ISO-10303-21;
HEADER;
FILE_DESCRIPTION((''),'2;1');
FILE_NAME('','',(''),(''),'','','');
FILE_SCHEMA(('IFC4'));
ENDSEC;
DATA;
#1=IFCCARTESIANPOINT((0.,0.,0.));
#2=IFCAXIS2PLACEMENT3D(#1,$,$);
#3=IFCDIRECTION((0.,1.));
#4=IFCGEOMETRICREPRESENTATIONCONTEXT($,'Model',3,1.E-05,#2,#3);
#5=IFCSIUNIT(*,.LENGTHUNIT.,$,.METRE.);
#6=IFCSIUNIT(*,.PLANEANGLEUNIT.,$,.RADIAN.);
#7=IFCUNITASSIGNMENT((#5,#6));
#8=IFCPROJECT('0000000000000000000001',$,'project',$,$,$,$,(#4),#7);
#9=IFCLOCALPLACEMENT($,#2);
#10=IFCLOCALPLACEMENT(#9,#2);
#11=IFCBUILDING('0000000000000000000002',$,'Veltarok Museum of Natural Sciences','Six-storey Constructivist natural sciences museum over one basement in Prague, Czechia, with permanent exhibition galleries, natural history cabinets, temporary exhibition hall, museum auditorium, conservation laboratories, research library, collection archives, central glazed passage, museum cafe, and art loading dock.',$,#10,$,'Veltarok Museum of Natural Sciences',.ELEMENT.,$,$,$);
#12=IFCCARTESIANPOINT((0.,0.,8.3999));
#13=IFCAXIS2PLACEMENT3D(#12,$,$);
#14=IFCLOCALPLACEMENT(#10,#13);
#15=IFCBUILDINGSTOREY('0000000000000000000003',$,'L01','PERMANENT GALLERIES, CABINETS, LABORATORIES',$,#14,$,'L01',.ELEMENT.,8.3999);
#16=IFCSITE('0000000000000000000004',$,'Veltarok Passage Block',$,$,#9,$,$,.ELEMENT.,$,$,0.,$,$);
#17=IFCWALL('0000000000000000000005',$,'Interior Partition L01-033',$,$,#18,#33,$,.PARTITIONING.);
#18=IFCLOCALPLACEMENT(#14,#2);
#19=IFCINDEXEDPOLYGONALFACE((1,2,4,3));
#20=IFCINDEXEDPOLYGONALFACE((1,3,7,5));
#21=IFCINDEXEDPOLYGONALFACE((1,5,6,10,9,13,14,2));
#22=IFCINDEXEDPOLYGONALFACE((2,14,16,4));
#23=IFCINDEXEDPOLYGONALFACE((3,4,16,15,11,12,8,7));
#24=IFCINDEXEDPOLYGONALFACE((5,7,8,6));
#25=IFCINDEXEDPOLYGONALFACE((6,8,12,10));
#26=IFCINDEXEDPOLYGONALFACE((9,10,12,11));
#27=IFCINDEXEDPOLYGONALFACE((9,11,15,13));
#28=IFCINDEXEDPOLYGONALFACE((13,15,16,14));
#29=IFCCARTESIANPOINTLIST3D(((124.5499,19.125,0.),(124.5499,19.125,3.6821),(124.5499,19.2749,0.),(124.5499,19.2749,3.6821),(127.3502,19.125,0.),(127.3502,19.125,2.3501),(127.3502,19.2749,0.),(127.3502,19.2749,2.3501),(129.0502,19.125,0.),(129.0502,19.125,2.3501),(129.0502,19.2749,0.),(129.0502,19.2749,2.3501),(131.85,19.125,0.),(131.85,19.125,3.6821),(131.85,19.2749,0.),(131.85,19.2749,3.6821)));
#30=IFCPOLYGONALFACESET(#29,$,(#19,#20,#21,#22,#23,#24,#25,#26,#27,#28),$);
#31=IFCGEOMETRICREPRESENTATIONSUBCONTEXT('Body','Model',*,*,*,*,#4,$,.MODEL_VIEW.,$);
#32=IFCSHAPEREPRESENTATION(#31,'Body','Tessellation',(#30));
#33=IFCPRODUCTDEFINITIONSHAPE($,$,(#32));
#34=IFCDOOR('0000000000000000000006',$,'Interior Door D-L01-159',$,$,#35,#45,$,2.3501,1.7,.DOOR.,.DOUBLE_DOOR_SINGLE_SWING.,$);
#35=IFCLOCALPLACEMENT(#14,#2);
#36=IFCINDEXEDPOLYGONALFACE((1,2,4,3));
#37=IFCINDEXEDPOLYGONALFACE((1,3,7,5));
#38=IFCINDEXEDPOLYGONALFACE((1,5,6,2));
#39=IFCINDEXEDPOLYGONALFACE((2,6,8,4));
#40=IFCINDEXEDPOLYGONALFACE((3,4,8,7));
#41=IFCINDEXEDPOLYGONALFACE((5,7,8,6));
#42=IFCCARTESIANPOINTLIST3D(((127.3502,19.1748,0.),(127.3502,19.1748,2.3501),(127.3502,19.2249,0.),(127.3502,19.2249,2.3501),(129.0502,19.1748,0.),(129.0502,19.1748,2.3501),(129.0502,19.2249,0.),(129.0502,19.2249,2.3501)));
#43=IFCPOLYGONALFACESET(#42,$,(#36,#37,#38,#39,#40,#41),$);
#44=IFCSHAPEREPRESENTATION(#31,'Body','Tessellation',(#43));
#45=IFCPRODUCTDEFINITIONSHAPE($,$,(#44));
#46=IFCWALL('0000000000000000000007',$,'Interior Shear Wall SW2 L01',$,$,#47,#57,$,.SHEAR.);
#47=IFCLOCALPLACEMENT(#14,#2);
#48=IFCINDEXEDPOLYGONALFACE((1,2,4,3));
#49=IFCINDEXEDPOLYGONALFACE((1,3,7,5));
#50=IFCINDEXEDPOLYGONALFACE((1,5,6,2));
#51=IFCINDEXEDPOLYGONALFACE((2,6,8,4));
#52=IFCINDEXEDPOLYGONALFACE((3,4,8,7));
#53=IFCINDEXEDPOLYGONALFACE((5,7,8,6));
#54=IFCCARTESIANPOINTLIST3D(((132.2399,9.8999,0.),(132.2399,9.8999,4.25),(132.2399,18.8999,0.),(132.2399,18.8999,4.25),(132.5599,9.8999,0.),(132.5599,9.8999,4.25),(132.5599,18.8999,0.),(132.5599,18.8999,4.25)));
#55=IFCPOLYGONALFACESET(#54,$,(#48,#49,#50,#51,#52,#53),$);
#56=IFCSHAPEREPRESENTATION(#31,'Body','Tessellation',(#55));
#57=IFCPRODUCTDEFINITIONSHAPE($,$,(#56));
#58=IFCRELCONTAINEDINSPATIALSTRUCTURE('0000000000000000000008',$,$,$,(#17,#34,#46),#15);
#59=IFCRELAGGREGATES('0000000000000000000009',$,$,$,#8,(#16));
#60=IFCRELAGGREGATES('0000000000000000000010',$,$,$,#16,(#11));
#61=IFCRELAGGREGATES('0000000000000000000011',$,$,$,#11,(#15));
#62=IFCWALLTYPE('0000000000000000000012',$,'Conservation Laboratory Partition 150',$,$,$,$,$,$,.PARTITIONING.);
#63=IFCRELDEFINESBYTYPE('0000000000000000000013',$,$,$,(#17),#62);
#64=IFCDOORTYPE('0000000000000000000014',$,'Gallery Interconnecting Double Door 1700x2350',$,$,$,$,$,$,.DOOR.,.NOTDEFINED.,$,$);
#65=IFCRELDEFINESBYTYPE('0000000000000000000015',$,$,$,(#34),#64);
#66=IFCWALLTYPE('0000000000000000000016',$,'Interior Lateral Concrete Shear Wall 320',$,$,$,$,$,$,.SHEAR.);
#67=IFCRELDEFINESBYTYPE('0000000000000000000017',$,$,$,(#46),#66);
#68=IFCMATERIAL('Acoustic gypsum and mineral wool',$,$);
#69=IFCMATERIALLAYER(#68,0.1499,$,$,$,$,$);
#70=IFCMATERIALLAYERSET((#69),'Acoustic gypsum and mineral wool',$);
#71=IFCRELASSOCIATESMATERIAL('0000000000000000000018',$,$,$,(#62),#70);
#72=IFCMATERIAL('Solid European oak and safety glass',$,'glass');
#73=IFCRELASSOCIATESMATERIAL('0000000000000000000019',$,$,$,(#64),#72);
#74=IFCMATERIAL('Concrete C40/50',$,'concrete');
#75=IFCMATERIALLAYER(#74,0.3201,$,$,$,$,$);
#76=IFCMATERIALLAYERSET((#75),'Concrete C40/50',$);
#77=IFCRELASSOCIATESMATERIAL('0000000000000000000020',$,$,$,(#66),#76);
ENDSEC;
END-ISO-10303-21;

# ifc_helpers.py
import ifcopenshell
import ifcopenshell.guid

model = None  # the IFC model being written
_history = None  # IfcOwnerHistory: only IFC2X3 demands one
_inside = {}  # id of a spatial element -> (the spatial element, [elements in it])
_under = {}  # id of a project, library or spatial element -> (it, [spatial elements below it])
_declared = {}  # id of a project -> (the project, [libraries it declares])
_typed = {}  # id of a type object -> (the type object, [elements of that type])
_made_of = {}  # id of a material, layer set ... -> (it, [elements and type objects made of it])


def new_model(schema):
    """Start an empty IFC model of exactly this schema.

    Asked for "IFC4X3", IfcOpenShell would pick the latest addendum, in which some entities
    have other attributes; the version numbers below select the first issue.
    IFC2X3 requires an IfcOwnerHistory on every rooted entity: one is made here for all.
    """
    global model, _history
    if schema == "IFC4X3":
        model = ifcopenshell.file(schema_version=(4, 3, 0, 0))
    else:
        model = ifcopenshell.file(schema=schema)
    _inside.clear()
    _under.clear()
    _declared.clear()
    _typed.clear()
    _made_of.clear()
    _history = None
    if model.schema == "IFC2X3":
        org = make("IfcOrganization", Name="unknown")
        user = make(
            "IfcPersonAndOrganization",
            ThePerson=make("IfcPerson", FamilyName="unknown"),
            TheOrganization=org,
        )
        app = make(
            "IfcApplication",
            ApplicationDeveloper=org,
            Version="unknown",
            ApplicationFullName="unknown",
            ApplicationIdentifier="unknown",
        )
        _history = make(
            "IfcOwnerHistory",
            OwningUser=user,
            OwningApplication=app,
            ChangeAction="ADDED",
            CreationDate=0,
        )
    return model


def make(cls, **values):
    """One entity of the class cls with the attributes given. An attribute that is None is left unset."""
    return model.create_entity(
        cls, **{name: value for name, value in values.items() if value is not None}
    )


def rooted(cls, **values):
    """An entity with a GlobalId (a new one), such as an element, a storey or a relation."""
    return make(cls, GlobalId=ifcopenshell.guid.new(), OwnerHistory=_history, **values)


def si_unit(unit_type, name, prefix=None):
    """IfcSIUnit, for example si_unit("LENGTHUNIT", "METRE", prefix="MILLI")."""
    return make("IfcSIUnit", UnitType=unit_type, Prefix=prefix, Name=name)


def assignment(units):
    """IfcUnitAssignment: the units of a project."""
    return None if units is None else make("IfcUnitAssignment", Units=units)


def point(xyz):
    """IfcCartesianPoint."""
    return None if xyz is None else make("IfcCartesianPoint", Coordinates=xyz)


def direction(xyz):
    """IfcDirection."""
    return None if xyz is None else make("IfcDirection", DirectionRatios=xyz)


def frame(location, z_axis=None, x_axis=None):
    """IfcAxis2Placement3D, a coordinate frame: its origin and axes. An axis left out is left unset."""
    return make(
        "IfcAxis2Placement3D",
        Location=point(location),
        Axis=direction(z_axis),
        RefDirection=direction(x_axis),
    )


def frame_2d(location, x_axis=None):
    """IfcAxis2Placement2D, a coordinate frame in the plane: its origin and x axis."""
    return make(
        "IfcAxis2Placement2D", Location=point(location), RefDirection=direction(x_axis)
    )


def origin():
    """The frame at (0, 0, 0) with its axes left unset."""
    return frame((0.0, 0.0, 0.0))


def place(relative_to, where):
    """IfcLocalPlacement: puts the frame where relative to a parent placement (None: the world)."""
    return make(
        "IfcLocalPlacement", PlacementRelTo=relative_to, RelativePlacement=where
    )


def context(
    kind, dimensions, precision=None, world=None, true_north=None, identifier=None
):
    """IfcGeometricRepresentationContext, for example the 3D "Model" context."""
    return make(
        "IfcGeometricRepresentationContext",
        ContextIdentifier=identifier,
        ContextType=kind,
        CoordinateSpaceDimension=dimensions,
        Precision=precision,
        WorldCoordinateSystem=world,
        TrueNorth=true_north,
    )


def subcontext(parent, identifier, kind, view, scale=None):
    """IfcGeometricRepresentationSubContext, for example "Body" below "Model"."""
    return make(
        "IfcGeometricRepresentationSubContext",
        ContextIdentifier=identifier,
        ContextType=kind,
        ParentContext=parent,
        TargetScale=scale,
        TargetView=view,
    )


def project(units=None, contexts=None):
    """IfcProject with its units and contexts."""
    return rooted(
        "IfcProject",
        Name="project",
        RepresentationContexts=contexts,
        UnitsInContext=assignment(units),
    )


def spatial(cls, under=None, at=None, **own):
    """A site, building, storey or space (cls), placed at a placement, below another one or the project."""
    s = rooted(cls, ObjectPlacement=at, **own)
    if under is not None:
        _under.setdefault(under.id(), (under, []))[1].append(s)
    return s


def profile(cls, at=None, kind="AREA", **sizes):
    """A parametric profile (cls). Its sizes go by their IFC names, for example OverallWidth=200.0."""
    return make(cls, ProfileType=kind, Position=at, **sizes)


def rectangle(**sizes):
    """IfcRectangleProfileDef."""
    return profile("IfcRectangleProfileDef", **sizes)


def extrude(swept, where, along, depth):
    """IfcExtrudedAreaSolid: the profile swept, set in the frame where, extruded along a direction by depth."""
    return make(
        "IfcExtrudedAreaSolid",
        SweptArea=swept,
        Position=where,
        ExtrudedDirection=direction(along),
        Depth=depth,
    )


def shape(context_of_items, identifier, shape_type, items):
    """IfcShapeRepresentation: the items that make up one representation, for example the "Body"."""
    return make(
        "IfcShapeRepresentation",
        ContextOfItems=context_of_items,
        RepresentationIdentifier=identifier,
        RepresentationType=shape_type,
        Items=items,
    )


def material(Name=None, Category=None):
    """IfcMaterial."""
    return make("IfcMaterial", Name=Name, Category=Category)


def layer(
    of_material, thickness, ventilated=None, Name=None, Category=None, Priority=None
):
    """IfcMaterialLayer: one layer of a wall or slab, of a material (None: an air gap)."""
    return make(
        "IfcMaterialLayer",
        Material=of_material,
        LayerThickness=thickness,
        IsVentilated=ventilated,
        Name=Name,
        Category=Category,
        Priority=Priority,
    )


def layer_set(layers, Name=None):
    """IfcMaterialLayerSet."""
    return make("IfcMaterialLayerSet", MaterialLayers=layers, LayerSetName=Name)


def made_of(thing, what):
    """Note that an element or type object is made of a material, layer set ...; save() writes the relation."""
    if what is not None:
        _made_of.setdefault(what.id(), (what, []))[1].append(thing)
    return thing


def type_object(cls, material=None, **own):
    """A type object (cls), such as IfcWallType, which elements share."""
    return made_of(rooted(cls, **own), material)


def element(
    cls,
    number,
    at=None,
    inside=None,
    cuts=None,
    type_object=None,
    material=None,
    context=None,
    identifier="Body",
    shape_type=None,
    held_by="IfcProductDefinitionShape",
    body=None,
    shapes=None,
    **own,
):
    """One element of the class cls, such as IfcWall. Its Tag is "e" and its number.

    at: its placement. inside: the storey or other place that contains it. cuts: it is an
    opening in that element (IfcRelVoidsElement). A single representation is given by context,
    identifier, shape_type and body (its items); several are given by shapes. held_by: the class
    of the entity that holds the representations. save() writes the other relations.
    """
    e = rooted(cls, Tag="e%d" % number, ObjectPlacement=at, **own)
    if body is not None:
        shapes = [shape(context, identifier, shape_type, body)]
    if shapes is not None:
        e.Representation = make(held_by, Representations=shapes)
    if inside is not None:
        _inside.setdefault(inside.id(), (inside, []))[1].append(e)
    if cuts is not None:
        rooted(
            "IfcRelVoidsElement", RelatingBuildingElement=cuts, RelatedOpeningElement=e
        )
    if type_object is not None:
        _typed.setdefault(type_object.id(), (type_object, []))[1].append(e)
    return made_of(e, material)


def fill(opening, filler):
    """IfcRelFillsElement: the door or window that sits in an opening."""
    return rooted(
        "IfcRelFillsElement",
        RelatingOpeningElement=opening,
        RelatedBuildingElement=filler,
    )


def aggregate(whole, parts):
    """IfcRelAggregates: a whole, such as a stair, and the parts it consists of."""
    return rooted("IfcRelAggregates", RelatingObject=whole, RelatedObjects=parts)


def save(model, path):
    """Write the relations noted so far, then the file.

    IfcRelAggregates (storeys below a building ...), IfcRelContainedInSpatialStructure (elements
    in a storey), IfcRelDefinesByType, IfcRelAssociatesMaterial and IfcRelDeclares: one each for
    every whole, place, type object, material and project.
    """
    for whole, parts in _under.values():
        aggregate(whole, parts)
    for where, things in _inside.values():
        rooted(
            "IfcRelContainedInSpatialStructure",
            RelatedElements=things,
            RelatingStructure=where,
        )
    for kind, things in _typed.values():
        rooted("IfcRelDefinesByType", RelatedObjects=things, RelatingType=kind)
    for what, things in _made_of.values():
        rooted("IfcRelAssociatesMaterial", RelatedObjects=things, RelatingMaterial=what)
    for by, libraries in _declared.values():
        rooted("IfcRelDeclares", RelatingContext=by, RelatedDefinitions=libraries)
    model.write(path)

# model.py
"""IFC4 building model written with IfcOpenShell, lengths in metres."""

from ifc_helpers import new_model, si_unit, direction, frame, frame_2d, origin, place, context, subcontext, project, spatial, rectangle, extrude, material, layer, layer_set, type_object, element, fill, save


model = new_model("IFC4")

# Units and contexts
model_context = context("Model", 3, precision=1e-05, world=origin(), true_north=direction((0.0, 1.0)))
body_context = subcontext(model_context, "Body", "Model", "MODEL_VIEW")
ifc_project = project(units=[si_unit("LENGTHUNIT", "METRE"), si_unit("PLANEANGLEUNIT", "RADIAN")], contexts=[model_context])

# Site, building, storey
site_placement = place(None, origin())
site = spatial("IfcSite", under=ifc_project, at=site_placement, Name="Veltarok Passage Block", CompositionType="ELEMENT", RefElevation=0.0)
building_placement = place(site_placement, origin())
building = spatial("IfcBuilding", under=site, at=building_placement, Name="Veltarok Museum of Natural Sciences", Description="Six-storey Constructivist natural sciences museum over one basement in Prague, Czechia, with permanent exhibition galleries, natural history cabinets, temporary exhibition hall, museum auditorium, conservation laboratories, research library, collection archives, central glazed passage, museum cafe, and art loading dock.", LongName="Veltarok Museum of Natural Sciences", CompositionType="ELEMENT")
storey_placement = place(building_placement, frame((0.0, 0.0, 8.3999)))
storey = spatial("IfcBuildingStorey", under=building, at=storey_placement, Name="L01", Description="PERMANENT GALLERIES, CABINETS, LABORATORIES", LongName="L01", CompositionType="ELEMENT", Elevation=8.3999)

# Shared definitions
ifc_material_1 = material(Name="Concrete C40/50", Category="concrete")

# Wall, opening, door
ifc_material_2 = material(Name="Acoustic gypsum and mineral wool")
ifc_layer_1 = layer(ifc_material_2, 0.1499)
ifc_layer_set_1 = layer_set([ifc_layer_1], Name="Acoustic gypsum and mineral wool")
wall_type_1 = type_object("IfcWallType", Name="Conservation Laboratory Partition 150", PredefinedType="PARTITIONING", material=ifc_layer_set_1)
wall_1_placement = place(storey_placement, frame((124.55, 19.2, 0.0), z_axis=(0.0, 0.0, 1.0), x_axis=(1.0, 0.0, 0.0)))
wall_1 = element("IfcWall", 1, at=wall_1_placement, inside=storey, type_object=wall_type_1, Name="Interior Partition L01-033", PredefinedType="PARTITIONING", context=body_context, shape_type="SweptSolid", body=[
    extrude(rectangle(XDim=7.3, YDim=0.1499, at=frame_2d((3.6499, 0.0))), origin(), (0.0, 0.0, 1.0), 3.6821),
])
opening_placement = place(wall_1_placement, frame((2.8, 0.0, 0.0)))
opening = element("IfcOpeningElement", 2, at=opening_placement, cuts=wall_1, PredefinedType="OPENING", context=body_context, shape_type="SweptSolid", body=[
    extrude(rectangle(XDim=1.7, YDim=2.3501, at=frame_2d((0.8501, 1.175))), frame((0.0, 0.085, 0.0), z_axis=(0.0, -1.0, 0.0), x_axis=(1.0, 0.0, 0.0)), (0.0, 0.0, 1.0), 0.1699),
])
ifc_material_3 = material(Name="Solid European oak and safety glass", Category="glass")
door_type = type_object("IfcDoorType", Name="Gallery Interconnecting Double Door 1700x2350", OperationType="NOTDEFINED", PredefinedType="DOOR", material=ifc_material_3)
door_placement = place(opening_placement, origin())
door = element("IfcDoor", 3, at=door_placement, inside=storey, type_object=door_type, Name="Interior Door D-L01-159", OperationType="DOUBLE_DOOR_SINGLE_SWING", OverallHeight=2.3501, OverallWidth=1.7, PredefinedType="DOOR", context=body_context, shape_type="SweptSolid", body=[
    extrude(rectangle(XDim=1.7, YDim=2.3501, at=frame_2d((0.8501, 1.175))), frame((0.0, 0.0249, 0.0), z_axis=(0.0, -1.0, 0.0), x_axis=(1.0, 0.0, 0.0)), (0.0, 0.0, 1.0), 0.05),
])
fill(opening, door)

# Wall
ifc_layer_2 = layer(ifc_material_1, 0.3201)
ifc_layer_set_2 = layer_set([ifc_layer_2], Name="Concrete C40/50")
wall_type_2 = type_object("IfcWallType", Name="Interior Lateral Concrete Shear Wall 320", PredefinedType="SHEAR", material=ifc_layer_set_2)
wall_2_placement = place(storey_placement, frame((132.3999, 9.8999, 0.0), z_axis=(0.0, 0.0, 1.0), x_axis=(0.0, 1.0, 0.0)))
element("IfcWall", 4, at=wall_2_placement, inside=storey, type_object=wall_type_2, Name="Interior Shear Wall SW2 L01", PredefinedType="SHEAR", context=body_context, shape_type="SweptSolid", body=[
    extrude(rectangle(XDim=9.0, YDim=0.3201, at=frame_2d((4.5, 0.0))), origin(), (0.0, 0.0, 1.0), 4.25),
])

save(model, "model.ifc")
